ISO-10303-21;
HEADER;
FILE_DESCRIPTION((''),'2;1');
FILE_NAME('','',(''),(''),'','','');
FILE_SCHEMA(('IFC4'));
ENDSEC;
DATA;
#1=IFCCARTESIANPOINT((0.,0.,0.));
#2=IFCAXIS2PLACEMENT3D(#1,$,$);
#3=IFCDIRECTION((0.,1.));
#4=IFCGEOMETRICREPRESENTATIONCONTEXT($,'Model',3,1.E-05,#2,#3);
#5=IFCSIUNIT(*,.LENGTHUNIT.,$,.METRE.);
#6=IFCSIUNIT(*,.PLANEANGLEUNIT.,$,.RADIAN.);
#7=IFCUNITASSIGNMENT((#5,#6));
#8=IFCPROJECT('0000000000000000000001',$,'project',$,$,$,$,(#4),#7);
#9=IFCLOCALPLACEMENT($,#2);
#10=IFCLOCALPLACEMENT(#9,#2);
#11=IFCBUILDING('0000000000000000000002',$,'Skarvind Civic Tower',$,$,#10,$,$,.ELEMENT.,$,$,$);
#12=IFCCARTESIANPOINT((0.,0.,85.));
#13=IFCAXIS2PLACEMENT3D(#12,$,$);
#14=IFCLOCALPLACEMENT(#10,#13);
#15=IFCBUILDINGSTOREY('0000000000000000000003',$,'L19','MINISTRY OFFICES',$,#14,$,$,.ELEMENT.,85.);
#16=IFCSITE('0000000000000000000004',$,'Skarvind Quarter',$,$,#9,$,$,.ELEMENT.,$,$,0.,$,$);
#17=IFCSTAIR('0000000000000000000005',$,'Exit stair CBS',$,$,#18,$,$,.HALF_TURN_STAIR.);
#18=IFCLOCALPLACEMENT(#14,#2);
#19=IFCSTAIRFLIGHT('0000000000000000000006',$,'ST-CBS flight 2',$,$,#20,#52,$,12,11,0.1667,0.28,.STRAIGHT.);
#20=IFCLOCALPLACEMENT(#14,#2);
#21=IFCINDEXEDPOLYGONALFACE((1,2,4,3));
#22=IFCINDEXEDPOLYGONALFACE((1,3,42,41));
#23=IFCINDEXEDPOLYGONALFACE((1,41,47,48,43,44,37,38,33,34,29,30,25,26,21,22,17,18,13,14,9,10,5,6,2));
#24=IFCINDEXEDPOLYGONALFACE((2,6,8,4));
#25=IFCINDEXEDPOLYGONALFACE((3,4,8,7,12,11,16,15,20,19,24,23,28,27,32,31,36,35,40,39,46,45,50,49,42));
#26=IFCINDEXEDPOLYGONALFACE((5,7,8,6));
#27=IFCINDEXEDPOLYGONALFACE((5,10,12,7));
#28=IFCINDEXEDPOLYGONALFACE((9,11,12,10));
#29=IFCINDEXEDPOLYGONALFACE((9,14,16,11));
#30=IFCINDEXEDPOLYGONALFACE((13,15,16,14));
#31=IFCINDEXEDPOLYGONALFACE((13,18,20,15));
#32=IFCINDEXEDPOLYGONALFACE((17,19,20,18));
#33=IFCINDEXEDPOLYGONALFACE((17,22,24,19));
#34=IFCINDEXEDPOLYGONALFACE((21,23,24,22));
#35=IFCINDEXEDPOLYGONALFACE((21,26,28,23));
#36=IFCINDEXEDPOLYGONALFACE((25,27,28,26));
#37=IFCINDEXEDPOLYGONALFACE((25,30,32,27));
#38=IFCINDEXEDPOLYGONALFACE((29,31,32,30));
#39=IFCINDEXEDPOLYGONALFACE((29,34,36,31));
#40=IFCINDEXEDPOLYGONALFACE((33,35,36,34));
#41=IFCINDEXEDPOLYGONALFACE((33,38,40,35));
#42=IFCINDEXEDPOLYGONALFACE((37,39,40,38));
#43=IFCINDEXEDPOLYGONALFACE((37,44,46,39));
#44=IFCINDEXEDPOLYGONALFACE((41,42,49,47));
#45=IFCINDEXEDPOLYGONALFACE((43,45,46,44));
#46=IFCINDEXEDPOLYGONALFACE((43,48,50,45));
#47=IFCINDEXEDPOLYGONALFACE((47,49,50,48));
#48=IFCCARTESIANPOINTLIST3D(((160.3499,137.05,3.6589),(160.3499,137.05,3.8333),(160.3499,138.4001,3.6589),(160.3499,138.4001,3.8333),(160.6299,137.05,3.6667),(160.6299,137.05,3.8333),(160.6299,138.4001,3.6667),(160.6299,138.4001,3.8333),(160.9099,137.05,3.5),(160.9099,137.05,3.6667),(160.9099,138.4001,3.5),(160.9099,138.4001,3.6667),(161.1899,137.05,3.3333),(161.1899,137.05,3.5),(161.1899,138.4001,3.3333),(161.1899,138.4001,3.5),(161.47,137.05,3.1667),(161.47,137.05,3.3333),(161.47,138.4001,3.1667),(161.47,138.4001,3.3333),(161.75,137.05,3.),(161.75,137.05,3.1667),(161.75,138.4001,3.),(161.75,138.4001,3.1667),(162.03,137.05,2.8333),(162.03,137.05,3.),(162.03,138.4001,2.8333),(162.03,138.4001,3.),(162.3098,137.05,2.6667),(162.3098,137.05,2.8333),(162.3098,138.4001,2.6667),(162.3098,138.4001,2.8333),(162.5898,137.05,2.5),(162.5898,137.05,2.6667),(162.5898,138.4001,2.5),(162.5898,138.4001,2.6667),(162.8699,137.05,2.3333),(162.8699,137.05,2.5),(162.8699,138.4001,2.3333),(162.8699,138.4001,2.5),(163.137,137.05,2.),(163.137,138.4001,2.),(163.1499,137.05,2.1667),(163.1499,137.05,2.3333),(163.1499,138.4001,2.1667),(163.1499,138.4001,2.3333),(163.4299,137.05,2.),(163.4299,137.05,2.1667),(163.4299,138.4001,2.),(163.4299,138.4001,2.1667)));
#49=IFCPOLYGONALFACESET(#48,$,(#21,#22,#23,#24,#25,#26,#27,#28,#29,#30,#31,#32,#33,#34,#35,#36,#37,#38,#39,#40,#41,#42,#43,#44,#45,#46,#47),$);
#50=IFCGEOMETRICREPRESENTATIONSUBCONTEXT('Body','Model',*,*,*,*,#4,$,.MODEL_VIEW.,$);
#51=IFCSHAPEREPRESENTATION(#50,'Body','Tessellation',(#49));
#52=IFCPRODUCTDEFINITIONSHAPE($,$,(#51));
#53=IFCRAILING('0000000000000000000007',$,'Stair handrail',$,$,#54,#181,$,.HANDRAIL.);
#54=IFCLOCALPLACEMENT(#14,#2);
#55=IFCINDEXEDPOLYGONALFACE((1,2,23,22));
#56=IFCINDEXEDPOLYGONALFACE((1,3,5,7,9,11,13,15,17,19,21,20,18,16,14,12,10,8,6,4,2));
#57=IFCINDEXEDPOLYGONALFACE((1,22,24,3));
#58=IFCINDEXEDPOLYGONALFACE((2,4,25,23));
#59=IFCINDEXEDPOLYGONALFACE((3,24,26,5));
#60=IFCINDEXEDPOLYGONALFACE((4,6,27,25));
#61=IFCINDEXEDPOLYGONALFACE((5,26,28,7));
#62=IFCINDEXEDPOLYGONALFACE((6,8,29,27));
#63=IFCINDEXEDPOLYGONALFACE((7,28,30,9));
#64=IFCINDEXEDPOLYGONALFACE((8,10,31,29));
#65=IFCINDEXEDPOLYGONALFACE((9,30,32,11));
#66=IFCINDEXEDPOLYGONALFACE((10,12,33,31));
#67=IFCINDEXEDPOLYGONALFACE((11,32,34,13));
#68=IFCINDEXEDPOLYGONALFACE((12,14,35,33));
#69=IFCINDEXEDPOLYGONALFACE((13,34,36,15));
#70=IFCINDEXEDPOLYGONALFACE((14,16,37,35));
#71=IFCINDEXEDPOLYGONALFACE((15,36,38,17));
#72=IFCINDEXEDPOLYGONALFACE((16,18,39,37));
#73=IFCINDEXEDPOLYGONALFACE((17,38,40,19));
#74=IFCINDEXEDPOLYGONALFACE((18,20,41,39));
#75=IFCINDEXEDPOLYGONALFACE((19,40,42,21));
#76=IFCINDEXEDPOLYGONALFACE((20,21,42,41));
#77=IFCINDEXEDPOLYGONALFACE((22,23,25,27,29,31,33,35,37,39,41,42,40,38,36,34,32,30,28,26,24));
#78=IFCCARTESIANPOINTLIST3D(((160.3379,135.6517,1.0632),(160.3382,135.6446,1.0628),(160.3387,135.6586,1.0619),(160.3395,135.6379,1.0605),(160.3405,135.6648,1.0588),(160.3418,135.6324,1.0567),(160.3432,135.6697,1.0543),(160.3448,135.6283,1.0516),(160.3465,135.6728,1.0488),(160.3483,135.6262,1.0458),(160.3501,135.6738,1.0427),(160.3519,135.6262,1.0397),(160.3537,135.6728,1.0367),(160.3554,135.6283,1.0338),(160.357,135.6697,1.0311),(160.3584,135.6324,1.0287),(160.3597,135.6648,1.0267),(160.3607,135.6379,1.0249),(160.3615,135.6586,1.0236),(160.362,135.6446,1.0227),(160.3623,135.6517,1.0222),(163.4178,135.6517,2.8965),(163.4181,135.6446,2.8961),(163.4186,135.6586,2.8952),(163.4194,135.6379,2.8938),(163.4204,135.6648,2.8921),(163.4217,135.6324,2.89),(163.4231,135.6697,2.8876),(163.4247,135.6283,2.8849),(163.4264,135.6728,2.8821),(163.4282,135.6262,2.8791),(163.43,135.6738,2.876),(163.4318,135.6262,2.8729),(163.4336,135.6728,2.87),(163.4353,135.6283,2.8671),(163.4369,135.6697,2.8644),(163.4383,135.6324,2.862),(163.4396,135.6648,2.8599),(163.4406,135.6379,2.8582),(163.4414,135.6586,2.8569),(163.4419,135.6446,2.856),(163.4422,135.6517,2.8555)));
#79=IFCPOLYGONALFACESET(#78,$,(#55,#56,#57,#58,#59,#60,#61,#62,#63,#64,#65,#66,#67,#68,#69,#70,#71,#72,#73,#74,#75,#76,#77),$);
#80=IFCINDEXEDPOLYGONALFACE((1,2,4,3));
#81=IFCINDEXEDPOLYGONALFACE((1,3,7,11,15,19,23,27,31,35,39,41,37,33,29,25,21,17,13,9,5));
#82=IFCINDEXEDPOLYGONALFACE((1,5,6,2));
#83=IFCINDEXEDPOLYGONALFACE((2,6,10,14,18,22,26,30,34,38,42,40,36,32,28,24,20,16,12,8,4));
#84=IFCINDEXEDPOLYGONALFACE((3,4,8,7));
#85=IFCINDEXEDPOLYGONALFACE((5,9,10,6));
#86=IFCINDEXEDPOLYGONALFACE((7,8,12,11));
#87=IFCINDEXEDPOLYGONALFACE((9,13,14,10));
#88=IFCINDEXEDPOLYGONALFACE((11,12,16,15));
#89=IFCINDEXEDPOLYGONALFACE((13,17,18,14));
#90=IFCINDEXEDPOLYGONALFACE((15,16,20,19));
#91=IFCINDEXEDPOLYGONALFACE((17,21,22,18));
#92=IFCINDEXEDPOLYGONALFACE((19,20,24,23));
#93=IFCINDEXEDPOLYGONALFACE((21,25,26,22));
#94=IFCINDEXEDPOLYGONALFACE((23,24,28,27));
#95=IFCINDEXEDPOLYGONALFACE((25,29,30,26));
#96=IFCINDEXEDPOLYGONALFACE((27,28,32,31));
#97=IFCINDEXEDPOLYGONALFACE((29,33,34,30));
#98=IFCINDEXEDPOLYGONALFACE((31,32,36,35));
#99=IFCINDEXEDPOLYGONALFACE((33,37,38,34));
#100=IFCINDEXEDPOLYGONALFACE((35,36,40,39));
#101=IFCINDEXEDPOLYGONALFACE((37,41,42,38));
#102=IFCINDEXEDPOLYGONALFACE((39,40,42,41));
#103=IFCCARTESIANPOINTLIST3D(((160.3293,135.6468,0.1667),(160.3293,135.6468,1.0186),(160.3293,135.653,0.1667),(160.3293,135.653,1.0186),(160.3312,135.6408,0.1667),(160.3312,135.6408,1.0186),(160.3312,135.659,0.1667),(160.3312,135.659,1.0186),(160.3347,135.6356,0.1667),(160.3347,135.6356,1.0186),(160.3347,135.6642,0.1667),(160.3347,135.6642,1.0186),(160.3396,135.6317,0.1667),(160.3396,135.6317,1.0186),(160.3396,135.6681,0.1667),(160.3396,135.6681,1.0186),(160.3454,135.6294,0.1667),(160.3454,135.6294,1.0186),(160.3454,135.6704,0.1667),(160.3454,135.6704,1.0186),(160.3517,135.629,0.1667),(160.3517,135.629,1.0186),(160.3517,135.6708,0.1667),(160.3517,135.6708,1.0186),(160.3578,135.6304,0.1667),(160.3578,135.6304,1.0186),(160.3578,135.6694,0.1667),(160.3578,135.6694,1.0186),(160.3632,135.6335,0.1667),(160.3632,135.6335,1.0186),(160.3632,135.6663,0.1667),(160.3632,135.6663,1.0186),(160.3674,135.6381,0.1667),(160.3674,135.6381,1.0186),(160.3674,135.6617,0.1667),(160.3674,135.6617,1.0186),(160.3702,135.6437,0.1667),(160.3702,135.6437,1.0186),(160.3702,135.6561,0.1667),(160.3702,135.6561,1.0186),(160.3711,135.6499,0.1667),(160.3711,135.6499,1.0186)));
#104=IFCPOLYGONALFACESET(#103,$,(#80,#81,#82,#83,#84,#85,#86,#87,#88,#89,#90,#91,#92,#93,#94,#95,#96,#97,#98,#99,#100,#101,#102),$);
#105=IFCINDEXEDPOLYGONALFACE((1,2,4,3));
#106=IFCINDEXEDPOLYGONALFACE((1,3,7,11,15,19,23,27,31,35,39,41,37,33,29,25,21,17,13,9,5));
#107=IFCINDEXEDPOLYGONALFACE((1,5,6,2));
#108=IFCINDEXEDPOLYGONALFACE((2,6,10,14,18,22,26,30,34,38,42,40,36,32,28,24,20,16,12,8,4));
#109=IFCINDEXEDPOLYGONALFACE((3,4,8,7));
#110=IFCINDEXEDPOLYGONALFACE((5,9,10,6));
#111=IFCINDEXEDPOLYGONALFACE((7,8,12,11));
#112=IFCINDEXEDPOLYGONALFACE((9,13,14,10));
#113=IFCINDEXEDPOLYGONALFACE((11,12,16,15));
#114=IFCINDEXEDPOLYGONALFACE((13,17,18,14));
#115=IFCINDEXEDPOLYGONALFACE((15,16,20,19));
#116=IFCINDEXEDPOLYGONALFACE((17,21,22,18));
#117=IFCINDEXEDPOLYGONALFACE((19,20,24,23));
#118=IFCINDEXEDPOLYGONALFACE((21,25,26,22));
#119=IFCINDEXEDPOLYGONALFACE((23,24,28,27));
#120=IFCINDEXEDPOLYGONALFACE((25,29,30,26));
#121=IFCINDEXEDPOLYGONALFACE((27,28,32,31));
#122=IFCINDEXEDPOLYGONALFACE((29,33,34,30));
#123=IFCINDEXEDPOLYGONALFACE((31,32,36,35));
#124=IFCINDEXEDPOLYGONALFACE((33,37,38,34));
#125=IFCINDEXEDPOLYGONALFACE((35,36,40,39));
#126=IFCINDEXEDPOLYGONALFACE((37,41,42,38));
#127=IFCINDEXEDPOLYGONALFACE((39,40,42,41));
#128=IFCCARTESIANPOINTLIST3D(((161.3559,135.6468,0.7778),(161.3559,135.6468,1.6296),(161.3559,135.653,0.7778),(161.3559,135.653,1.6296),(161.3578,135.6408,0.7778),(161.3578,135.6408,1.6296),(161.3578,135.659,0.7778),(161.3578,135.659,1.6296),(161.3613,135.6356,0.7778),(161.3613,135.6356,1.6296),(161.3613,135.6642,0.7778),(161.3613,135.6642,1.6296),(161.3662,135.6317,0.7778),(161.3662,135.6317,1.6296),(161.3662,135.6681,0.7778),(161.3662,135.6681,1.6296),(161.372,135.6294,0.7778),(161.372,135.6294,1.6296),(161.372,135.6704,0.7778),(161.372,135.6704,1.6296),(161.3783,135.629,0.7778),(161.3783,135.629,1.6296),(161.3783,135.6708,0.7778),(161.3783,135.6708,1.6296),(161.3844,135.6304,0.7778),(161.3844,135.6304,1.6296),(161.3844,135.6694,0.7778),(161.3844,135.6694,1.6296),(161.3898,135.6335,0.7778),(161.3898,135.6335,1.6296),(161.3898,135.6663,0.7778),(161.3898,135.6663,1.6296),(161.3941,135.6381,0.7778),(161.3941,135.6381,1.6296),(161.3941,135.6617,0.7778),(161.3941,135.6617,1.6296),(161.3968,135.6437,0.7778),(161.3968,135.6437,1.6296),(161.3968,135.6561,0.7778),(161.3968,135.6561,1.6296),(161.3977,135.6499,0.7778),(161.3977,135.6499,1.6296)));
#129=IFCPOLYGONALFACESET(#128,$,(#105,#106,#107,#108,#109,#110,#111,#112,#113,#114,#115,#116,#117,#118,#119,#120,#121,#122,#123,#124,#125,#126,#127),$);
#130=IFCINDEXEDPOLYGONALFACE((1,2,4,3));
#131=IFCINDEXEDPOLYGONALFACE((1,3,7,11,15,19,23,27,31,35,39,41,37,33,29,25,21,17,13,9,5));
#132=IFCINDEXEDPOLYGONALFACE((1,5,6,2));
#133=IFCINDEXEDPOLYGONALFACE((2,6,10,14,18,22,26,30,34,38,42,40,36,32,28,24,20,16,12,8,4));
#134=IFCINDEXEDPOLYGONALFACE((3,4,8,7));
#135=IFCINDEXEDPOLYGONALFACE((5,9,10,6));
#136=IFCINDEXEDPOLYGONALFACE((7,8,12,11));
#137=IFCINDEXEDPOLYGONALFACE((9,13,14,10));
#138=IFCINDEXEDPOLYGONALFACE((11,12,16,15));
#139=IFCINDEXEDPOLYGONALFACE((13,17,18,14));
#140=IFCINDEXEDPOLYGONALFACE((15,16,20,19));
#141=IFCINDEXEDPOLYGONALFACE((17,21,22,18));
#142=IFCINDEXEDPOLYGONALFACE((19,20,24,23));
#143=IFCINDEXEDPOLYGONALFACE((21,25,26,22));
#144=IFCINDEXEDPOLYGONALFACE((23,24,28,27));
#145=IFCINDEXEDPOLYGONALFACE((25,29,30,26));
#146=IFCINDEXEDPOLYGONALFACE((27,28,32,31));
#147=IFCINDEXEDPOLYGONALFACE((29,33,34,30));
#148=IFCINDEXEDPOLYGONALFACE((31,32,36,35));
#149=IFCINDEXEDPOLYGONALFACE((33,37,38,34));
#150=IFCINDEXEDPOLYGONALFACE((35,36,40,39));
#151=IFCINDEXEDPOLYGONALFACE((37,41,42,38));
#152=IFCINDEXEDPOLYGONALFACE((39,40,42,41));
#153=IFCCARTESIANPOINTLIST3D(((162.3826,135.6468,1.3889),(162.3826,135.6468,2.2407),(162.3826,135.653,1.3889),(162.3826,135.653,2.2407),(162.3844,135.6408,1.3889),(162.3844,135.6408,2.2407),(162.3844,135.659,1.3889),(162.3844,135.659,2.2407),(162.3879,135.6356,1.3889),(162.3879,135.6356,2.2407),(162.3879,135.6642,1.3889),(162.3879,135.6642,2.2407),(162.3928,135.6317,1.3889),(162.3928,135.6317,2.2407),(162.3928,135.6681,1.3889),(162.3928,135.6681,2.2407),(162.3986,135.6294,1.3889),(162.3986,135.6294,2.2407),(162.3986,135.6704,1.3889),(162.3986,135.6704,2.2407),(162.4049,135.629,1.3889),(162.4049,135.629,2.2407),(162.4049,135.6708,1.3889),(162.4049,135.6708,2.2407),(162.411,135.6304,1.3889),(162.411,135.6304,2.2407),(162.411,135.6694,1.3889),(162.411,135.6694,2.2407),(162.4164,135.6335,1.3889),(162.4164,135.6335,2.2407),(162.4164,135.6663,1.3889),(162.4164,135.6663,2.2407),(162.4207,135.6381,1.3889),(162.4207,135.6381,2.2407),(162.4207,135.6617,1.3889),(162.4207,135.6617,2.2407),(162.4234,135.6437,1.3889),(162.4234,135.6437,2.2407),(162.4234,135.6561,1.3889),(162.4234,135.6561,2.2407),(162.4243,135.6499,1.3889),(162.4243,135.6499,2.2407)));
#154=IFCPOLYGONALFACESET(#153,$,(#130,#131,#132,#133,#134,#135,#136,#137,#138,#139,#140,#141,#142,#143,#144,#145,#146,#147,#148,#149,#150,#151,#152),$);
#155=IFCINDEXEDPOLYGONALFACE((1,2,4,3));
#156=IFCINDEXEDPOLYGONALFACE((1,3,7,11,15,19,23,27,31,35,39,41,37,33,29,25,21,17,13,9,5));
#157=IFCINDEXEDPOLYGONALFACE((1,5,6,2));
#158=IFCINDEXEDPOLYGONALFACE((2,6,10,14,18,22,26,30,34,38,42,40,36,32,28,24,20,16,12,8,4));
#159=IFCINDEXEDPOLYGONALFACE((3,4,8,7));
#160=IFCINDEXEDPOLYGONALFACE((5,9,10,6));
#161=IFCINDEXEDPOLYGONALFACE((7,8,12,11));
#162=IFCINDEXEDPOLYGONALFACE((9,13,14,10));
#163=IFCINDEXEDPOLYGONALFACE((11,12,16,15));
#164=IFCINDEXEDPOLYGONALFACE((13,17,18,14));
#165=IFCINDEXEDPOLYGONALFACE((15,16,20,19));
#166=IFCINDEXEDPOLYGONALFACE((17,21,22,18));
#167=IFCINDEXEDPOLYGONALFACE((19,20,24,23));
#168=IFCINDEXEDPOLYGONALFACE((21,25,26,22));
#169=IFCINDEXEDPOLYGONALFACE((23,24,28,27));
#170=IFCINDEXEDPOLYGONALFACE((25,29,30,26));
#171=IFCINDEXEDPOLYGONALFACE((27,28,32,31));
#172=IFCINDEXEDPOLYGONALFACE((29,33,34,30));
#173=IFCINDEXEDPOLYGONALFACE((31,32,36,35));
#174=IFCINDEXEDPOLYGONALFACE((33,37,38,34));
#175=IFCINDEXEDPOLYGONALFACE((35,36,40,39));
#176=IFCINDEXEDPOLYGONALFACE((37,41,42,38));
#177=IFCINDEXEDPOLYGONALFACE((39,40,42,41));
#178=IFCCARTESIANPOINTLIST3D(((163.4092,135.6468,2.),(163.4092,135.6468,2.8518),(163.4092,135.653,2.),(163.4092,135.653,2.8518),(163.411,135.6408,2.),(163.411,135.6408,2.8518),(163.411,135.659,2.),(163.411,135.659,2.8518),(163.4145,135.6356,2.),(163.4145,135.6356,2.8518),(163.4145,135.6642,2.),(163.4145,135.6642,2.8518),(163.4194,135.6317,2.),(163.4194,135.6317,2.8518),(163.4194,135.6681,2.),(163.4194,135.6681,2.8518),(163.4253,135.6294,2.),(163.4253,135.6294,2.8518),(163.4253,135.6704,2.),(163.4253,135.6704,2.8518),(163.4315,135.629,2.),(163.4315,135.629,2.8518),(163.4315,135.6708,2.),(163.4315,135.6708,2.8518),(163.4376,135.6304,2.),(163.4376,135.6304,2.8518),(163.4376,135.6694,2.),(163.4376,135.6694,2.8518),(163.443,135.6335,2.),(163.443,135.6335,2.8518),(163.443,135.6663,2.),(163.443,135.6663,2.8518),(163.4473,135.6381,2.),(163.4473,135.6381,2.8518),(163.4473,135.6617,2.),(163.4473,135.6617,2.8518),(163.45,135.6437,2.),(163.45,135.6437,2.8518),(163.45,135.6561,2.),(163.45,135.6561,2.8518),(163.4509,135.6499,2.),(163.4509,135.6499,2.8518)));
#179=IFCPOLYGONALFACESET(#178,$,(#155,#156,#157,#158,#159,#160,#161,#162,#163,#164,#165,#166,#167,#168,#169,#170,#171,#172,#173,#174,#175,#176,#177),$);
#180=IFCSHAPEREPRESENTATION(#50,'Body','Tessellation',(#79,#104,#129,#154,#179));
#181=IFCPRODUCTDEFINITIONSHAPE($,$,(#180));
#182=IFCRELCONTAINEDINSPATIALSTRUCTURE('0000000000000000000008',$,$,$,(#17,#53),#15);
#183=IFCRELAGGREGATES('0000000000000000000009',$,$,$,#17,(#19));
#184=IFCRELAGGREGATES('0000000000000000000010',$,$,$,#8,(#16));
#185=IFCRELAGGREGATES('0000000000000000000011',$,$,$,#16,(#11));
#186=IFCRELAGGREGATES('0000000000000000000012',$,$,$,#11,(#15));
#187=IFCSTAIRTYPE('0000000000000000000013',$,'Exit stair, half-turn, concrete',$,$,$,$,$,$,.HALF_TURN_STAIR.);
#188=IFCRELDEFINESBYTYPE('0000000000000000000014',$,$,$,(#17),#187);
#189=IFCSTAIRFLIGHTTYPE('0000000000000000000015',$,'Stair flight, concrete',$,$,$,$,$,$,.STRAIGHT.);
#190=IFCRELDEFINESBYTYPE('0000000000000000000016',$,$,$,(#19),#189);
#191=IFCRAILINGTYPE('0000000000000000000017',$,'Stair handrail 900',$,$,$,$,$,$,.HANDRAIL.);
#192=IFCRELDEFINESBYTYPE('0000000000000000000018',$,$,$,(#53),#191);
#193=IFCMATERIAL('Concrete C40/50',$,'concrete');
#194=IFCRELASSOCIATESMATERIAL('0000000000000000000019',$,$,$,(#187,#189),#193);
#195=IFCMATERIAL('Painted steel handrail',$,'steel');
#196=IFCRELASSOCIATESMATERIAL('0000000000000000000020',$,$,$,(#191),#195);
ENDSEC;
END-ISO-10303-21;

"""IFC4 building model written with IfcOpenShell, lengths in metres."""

from ifc_helpers import new_model, si_unit, direction, frame, origin, origin_2d, place, context, subcontext, project, spatial, polyline, circle, outline, extrude, material, type_object, element, aggregate, save


model = new_model("IFC4")

# Units and contexts
model_context = context("Model", 3, precision=1e-05, world=origin(), true_north=direction((0.0, 1.0)))
body_context = subcontext(model_context, "Body", "Model", "MODEL_VIEW")
ifc_project = project(units=[si_unit("LENGTHUNIT", "METRE"), si_unit("PLANEANGLEUNIT", "RADIAN")], contexts=[model_context])

# Site, building, storey
site_placement = place(None, origin())
site = spatial("IfcSite", under=ifc_project, at=site_placement, Name="Skarvind Quarter", CompositionType="ELEMENT", RefElevation=0.0)
building_placement = place(site_placement, origin())
building = spatial("IfcBuilding", under=site, at=building_placement, Name="Skarvind Civic Tower", CompositionType="ELEMENT")
storey_placement = place(building_placement, frame((0.0, 0.0, 85.0)))
storey = spatial("IfcBuildingStorey", under=building, at=storey_placement, Name="L19", Description="MINISTRY OFFICES", CompositionType="ELEMENT", Elevation=85.0)

# Stair, stair flight
ifc_material_1 = material(Name="Concrete C40/50", Category="concrete")
stair_type = type_object("IfcStairType", Name="Exit stair, half-turn, concrete", PredefinedType="HALF_TURN_STAIR", material=ifc_material_1)
stair_placement = place(storey_placement, origin())
stair = element("IfcStair", 1, at=stair_placement, inside=storey, type_object=stair_type, Name="Exit stair CBS", PredefinedType="HALF_TURN_STAIR")
stair_flight_type = type_object("IfcStairFlightType", Name="Stair flight, concrete", PredefinedType="STRAIGHT", material=ifc_material_1)
stair_flight_1_placement = place(storey_placement, frame((163.4299, 137.7251, 2.0), z_axis=(0.0, 0.0, 1.0), x_axis=(-1.0, 0.0, 0.0)))
stair_flight_1 = element("IfcStairFlight", 2, at=stair_flight_1_placement, type_object=stair_flight_type, Name="ST-CBS flight 2", NumberOfRisers=12, NumberOfTreads=11, PredefinedType="STRAIGHT", RiserHeight=0.1667, TreadLength=0.28, context=body_context, shape_type="SweptSolid", body=[
    extrude(outline(polyline([(0.0, 0.0), (0.0, 0.1667), (0.28, 0.1667), (0.28, 0.3333), (0.5601, 0.3333), (0.5601, 0.5), (0.8401, 0.5), (0.8401, 0.6667), (1.1201, 0.6667), (1.1201, 0.8333), (1.3999, 0.8333), (1.3999, 1.0), (1.6799, 1.0), (1.6799, 1.1667), (1.96, 1.1667), (1.96, 1.3333), (2.24, 1.3333), (2.24, 1.5), (2.52, 1.5), (2.52, 1.6667), (2.8, 1.6667), (2.8, 1.8333), (3.0801, 1.8333), (3.0801, 2.0), (3.0801, 1.6589), (0.293, 0.0), (0.0, 0.0)])), frame((0.0, 0.675, 0.0), z_axis=(0.0, -1.0, 0.0), x_axis=(1.0, 0.0, 0.0)), (0.0, 0.0, 1.0), 1.3501),
])
aggregate(stair, [stair_flight_1])

# Railing
ifc_material_2 = material(Name="Painted steel handrail", Category="steel")
railing_type = type_object("IfcRailingType", Name="Stair handrail 900", PredefinedType="HANDRAIL", material=ifc_material_2)
railing_1_placement = place(storey_placement, frame((160.3501, 135.6499, 0.1667)))
element("IfcRailing", 3, at=railing_1_placement, inside=storey, type_object=railing_type, Name="Stair handrail", PredefinedType="HANDRAIL", context=body_context, shape_type="SweptSolid", body=[
    extrude(circle(Radius=0.0239, at=origin_2d()), frame((0.0, 0.0, 0.876), z_axis=(0.859291, 0.0, 0.511487), x_axis=(0.0, 1.0, 0.0)), (0.0, 0.0, 1.0), 3.5842),
    extrude(circle(Radius=0.021, at=origin_2d()), origin(), (0.0, 0.0, 1.0), 0.8518),
    extrude(circle(Radius=0.021, at=origin_2d()), frame((1.0266, 0.0, 0.6111)), (0.0, 0.0, 1.0), 0.8518),
    extrude(circle(Radius=0.021, at=origin_2d()), frame((2.0532, 0.0, 1.2222)), (0.0, 0.0, 1.0), 0.8518),
    extrude(circle(Radius=0.021, at=origin_2d()), frame((3.0798, 0.0, 1.8333)), (0.0, 0.0, 1.0), 0.8518),
])

save(model, "model.ifc")
